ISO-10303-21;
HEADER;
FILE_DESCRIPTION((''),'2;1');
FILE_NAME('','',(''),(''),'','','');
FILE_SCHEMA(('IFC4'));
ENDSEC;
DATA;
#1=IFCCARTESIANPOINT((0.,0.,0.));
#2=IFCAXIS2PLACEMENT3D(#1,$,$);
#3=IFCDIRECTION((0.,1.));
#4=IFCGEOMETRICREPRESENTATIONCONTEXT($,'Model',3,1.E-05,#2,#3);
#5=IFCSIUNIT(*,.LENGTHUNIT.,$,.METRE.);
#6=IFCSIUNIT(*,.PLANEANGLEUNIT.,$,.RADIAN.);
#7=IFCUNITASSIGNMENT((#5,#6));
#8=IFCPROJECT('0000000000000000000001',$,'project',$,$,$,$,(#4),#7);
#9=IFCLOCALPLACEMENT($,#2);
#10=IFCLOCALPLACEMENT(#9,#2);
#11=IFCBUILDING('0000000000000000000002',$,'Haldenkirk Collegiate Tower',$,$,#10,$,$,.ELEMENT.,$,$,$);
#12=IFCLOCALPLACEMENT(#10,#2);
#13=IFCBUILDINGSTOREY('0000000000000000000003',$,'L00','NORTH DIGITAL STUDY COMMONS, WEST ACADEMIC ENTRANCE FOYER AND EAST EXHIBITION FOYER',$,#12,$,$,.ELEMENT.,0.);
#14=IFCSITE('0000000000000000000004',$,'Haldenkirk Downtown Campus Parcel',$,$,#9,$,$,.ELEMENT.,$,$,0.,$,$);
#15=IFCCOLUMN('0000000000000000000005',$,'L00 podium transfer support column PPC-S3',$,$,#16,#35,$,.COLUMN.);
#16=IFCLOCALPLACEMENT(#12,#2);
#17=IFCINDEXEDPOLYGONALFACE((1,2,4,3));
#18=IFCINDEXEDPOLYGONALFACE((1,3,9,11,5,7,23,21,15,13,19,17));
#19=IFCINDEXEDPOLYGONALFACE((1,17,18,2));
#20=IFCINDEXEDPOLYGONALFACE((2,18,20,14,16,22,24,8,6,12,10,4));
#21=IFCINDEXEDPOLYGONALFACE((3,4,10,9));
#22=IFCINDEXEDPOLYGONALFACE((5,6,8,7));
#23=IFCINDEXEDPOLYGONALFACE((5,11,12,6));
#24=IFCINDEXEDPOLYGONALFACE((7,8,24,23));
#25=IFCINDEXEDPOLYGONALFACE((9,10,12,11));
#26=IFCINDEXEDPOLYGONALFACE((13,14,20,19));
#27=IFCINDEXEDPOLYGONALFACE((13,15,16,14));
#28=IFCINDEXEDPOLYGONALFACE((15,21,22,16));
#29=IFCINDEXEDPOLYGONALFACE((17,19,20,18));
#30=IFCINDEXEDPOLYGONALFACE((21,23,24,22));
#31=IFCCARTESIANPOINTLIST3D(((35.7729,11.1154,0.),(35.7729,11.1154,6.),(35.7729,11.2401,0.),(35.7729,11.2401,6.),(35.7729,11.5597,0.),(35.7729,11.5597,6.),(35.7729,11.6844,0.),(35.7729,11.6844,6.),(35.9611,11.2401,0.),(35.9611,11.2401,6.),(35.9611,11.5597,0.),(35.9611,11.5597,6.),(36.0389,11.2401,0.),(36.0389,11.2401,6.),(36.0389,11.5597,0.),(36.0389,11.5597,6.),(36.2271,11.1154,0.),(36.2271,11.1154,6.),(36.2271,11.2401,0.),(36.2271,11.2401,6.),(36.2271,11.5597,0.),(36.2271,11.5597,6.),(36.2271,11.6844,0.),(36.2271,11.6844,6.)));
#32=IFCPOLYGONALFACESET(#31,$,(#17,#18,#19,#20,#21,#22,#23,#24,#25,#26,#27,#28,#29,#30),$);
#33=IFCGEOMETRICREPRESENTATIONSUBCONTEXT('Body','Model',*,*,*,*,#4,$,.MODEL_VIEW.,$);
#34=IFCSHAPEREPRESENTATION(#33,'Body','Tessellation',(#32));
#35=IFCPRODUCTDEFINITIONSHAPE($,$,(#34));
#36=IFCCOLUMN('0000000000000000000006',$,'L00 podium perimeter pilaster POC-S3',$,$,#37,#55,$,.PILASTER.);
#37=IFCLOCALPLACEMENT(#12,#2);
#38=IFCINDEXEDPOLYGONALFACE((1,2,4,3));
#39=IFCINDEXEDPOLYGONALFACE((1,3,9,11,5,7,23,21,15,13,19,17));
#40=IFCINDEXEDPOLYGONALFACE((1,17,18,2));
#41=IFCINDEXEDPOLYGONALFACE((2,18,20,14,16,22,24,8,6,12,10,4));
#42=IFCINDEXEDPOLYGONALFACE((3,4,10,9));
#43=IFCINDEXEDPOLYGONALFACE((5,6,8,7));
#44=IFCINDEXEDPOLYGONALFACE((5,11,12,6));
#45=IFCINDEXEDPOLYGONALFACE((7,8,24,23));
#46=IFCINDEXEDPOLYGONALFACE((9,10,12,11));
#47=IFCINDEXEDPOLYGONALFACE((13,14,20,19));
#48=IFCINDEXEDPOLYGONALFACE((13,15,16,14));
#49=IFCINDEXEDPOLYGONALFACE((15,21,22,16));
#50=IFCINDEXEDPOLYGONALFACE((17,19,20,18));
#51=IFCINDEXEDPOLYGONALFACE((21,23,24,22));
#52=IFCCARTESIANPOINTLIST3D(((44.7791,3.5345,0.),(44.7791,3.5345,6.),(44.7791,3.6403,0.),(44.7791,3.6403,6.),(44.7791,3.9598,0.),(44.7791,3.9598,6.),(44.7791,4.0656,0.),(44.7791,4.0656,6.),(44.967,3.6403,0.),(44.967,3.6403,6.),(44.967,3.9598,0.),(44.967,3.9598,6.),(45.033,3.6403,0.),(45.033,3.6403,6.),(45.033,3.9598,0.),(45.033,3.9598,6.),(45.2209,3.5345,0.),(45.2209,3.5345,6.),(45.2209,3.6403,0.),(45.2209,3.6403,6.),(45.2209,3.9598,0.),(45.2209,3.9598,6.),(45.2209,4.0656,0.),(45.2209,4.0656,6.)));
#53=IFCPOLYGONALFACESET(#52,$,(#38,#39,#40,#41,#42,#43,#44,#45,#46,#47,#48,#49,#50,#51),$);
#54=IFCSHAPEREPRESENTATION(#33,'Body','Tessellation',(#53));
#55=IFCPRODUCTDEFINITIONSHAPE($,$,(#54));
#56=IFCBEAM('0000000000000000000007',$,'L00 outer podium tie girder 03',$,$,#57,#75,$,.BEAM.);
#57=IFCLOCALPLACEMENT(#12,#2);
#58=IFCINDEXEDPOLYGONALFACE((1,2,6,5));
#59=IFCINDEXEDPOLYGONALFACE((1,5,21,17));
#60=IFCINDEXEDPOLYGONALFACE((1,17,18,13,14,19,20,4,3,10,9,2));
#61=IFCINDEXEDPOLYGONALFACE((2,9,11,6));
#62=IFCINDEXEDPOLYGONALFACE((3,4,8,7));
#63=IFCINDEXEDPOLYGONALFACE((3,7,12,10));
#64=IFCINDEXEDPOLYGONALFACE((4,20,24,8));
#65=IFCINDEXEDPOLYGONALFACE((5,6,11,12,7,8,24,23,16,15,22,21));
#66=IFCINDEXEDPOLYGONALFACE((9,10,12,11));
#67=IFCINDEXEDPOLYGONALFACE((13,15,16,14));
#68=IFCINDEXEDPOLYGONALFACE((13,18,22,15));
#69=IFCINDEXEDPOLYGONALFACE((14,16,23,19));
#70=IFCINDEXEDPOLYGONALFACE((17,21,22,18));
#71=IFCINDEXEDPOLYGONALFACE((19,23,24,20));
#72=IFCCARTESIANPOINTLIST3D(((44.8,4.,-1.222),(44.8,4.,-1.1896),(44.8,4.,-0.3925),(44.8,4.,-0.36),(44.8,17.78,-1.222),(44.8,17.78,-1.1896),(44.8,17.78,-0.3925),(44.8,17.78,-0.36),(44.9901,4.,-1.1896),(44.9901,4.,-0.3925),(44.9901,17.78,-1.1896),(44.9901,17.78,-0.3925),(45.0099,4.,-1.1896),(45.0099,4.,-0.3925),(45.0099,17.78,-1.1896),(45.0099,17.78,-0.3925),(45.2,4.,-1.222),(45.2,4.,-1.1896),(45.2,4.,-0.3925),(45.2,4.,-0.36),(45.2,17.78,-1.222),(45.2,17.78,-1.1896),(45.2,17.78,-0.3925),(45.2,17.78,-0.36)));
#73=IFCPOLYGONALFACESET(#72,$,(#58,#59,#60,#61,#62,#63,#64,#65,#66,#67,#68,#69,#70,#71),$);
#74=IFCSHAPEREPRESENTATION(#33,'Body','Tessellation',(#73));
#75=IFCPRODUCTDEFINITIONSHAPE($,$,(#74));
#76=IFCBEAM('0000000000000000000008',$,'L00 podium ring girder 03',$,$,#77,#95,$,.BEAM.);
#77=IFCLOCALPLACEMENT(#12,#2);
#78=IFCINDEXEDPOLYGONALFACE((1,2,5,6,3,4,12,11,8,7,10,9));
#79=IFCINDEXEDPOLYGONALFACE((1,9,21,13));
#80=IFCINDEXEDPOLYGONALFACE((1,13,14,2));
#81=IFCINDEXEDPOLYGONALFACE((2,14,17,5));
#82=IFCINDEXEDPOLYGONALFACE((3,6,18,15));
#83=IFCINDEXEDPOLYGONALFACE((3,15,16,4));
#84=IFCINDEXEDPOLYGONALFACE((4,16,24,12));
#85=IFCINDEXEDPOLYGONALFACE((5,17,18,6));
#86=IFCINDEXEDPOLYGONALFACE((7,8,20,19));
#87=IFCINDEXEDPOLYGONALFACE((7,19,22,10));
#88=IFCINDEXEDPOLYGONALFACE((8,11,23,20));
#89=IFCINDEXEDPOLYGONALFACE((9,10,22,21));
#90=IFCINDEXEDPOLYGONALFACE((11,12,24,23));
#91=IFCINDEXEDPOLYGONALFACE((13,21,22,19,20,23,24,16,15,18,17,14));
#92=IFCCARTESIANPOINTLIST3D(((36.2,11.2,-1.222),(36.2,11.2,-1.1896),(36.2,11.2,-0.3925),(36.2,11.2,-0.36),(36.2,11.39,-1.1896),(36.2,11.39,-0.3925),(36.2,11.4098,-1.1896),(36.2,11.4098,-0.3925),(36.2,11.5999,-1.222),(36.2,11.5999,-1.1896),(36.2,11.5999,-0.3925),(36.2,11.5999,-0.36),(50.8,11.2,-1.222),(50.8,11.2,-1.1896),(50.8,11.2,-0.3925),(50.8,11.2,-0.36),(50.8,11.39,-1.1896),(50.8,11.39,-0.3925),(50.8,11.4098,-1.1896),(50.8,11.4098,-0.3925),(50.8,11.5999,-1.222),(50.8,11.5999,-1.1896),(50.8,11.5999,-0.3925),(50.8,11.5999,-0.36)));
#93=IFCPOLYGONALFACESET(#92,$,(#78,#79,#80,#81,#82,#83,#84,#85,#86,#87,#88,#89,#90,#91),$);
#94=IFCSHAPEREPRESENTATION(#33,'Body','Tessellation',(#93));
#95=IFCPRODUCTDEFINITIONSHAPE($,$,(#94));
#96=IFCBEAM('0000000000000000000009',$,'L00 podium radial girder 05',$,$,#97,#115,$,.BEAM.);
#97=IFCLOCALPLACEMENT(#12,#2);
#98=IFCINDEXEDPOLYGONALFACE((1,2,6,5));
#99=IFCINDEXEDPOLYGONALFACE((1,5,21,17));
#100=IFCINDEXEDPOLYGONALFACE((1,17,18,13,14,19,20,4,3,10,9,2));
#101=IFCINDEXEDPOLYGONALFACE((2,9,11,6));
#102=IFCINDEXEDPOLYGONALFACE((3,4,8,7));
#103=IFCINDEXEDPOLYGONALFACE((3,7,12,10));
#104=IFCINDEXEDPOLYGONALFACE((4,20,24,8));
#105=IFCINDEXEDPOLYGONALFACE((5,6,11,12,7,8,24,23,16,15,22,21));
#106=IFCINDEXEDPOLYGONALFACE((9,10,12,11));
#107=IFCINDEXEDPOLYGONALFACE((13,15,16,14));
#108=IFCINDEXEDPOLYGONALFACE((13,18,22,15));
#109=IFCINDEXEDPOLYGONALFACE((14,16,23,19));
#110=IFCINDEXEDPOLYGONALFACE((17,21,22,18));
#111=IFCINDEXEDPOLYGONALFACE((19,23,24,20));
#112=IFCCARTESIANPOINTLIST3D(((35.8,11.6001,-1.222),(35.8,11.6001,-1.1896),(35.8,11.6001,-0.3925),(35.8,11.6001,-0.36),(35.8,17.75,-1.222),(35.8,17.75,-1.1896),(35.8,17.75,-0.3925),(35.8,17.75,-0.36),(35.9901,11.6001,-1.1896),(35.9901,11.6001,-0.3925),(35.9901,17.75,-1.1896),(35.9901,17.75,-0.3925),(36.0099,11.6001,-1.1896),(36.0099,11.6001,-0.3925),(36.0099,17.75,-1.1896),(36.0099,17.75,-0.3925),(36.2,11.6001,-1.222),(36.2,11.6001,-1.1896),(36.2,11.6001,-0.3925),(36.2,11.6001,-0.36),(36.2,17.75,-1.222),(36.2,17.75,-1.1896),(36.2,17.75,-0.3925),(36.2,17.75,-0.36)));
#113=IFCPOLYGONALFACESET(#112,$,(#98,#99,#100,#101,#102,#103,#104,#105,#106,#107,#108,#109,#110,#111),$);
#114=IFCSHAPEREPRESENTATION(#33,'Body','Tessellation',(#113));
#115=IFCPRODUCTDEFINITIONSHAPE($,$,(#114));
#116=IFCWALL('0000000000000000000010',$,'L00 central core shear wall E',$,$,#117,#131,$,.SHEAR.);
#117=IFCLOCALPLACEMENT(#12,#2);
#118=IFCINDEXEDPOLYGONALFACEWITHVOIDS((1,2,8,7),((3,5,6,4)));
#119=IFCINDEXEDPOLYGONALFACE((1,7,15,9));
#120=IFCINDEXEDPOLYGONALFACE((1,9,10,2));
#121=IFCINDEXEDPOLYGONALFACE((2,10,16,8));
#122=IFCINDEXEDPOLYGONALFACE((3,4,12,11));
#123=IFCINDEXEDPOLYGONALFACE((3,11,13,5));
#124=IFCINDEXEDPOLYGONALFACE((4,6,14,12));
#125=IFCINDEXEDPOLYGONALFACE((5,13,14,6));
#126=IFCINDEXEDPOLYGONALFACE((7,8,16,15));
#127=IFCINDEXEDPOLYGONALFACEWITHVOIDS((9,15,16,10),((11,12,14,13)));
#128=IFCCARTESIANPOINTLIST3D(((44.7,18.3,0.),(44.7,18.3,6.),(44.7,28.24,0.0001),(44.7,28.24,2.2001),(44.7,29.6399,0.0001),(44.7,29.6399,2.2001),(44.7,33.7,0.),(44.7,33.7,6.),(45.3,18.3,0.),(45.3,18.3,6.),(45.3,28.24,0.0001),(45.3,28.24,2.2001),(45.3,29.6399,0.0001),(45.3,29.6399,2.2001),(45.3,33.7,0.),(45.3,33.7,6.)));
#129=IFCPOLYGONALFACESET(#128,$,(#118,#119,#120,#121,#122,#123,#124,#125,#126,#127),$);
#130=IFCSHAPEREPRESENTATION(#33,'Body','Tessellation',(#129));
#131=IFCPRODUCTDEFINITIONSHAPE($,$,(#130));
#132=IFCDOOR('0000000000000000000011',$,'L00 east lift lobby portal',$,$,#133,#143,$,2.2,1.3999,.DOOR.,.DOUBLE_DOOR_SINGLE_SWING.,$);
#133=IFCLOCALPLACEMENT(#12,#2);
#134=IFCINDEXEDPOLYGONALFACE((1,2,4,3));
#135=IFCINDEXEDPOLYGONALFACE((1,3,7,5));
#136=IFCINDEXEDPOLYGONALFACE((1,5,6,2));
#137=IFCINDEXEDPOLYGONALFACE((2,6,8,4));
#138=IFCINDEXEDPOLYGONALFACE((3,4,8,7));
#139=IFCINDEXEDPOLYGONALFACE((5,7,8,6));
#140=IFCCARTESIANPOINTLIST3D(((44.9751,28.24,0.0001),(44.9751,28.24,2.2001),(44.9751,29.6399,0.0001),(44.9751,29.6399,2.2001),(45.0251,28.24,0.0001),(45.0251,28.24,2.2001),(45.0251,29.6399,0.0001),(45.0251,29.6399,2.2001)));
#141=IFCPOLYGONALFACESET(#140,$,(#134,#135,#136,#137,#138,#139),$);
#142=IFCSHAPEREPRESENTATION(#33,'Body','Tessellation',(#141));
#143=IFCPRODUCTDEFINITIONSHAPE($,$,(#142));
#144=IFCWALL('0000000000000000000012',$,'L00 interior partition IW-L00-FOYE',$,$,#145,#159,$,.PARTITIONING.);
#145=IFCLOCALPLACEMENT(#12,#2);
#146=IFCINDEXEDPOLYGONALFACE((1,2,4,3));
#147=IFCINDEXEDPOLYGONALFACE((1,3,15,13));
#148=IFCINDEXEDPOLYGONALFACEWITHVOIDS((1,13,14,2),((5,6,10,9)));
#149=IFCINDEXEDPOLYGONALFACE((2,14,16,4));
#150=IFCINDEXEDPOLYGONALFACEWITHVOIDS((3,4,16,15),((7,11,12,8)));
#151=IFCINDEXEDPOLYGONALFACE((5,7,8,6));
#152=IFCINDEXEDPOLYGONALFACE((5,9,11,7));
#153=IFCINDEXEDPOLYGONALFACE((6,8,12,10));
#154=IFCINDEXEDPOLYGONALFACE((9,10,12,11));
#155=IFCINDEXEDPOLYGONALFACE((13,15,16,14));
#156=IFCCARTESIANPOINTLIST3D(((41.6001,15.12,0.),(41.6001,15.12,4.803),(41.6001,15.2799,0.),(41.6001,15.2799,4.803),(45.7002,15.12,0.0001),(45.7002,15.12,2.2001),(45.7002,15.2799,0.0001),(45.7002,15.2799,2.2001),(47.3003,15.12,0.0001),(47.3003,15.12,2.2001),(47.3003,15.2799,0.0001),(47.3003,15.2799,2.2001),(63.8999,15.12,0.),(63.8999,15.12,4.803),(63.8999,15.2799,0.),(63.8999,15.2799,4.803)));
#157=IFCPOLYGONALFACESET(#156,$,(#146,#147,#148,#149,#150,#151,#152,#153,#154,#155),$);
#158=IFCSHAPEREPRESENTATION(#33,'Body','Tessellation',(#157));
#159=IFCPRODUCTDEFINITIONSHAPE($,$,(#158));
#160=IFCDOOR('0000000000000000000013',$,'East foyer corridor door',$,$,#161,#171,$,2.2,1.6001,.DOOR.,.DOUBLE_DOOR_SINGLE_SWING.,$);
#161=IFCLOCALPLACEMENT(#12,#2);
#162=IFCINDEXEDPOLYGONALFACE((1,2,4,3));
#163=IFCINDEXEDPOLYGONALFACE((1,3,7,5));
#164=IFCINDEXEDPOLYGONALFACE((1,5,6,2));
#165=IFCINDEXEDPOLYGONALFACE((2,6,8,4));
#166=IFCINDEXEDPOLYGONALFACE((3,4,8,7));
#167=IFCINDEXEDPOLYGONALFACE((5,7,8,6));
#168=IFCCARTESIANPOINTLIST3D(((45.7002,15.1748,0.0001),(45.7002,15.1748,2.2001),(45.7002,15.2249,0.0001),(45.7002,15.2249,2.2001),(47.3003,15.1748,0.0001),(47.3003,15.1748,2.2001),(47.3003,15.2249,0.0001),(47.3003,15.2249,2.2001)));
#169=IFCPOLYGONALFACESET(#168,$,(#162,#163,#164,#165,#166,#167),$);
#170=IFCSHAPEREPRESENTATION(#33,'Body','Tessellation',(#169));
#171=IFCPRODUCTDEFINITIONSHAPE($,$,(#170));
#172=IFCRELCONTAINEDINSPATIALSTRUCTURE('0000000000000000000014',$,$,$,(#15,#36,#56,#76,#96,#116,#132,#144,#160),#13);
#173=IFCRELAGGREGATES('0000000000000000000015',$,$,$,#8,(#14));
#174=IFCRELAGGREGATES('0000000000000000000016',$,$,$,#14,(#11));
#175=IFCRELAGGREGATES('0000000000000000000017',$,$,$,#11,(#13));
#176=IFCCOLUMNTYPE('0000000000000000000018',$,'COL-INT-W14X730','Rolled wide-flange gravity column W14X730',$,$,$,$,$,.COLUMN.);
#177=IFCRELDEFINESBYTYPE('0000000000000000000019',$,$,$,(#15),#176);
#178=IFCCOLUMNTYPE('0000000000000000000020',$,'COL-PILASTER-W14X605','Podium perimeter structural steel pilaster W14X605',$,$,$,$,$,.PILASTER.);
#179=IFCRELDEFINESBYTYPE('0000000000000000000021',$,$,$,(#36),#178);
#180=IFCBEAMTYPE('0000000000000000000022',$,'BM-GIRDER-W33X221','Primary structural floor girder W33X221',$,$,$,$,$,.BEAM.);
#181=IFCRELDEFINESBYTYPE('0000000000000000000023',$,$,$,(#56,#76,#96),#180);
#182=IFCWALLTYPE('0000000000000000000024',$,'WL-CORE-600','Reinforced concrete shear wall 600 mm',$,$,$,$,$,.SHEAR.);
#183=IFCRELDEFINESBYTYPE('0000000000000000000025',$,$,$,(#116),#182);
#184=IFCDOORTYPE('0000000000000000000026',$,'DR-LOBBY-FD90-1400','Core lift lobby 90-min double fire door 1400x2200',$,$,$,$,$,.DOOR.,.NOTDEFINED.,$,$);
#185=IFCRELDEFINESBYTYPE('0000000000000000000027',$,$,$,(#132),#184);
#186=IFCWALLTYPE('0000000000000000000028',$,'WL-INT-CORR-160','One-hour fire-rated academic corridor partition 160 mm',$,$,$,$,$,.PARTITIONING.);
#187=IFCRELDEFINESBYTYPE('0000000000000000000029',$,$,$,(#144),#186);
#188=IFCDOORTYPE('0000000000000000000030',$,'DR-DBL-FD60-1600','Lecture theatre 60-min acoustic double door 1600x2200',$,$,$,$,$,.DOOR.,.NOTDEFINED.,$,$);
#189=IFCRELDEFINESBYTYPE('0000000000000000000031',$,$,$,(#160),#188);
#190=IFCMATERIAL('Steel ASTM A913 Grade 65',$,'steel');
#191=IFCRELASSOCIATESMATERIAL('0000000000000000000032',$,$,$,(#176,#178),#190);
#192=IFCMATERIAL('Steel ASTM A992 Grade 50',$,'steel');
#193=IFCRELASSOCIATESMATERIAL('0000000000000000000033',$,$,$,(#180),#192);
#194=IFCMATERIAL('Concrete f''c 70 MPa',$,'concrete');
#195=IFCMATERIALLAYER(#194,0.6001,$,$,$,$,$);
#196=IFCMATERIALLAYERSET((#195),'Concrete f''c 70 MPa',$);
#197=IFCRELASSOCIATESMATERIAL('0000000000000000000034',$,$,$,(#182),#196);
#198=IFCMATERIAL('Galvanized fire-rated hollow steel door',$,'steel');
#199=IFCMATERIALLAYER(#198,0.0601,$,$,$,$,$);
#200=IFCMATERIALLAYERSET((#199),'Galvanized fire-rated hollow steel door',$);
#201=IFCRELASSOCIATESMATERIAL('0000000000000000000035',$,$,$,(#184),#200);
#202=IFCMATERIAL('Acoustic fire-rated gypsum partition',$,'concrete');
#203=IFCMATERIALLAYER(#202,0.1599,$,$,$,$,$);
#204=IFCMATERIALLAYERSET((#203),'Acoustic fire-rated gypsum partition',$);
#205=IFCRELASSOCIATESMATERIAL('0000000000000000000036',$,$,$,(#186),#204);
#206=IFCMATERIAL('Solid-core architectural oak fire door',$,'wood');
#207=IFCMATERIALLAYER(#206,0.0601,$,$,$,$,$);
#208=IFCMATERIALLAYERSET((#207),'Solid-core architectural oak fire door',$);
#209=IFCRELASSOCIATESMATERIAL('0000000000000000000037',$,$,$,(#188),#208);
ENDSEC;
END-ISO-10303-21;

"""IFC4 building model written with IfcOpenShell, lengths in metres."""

from ifc_helpers import new_model, si_unit, direction, frame, frame_2d, origin, origin_2d, place, context, subcontext, project, spatial, rectangle, i_section, extrude, material, layer, layer_set, material_profile, profile_set, type_object, element, fill, save


model = new_model("IFC4")

# Units and contexts
model_context = context("Model", 3, precision=1e-05, world=origin(), true_north=direction((0.0, 1.0)))
body_context = subcontext(model_context, "Body", "Model", "MODEL_VIEW")
ifc_project = project(units=[si_unit("LENGTHUNIT", "METRE"), si_unit("PLANEANGLEUNIT", "RADIAN")], contexts=[model_context])

# Site, building, storey
site_placement = place(None, origin())
site = spatial("IfcSite", under=ifc_project, at=site_placement, Name="Haldenkirk Downtown Campus Parcel", CompositionType="ELEMENT", RefElevation=0.0)
building_placement = place(site_placement, origin())
building = spatial("IfcBuilding", under=site, at=building_placement, Name="Haldenkirk Collegiate Tower", CompositionType="ELEMENT")
storey_placement = place(building_placement, origin())
storey = spatial("IfcBuildingStorey", under=building, at=storey_placement, Name="L00", Description="NORTH DIGITAL STUDY COMMONS, WEST ACADEMIC ENTRANCE FOYER AND EAST EXHIBITION FOYER", CompositionType="ELEMENT", Elevation=0.0)

# Columns
ifc_material_1 = material(Name="Steel ASTM A913 Grade 65", Category="steel")
ifc_material_profile_1 = material_profile(ifc_material_1, i_section(OverallWidth=0.4541, OverallDepth=0.5691, WebThickness=0.0779, FlangeThickness=0.1248, at=origin_2d()), Name="W14X730")
ifc_profile_set_1 = profile_set([ifc_material_profile_1], Name="Steel ASTM A913 Grade 65")
column_type_1 = type_object("IfcColumnType", Name="COL-INT-W14X730", Description="Rolled wide-flange gravity column W14X730", PredefinedType="COLUMN", material=ifc_profile_set_1)
column_1_placement = place(storey_placement, frame((36.0, 11.3999, 0.0), z_axis=(0.0, 0.0, 1.0), x_axis=(1.0, 0.0, 0.0)))
element("IfcColumn", 1, at=column_1_placement, inside=storey, type_object=column_type_1, Name="L00 podium transfer support column PPC-S3", PredefinedType="COLUMN", context=body_context, shape_type="SweptSolid", body=[
    extrude(i_section(OverallWidth=0.4541, OverallDepth=0.5691, WebThickness=0.0779, FlangeThickness=0.1248, at=origin_2d()), origin(), (0.0, 0.0, 1.0), 6.0),
])
ifc_material_profile_2 = material_profile(ifc_material_1, i_section(OverallWidth=0.4419, OverallDepth=0.531, WebThickness=0.0659, FlangeThickness=0.1057, at=origin_2d()), Name="W14X605")
ifc_profile_set_2 = profile_set([ifc_material_profile_2], Name="Steel ASTM A913 Grade 65")
column_type_2 = type_object("IfcColumnType", Name="COL-PILASTER-W14X605", Description="Podium perimeter structural steel pilaster W14X605", PredefinedType="PILASTER", material=ifc_profile_set_2)
column_2_placement = place(storey_placement, frame((45.0, 3.8, 0.0), z_axis=(0.0, 0.0, 1.0), x_axis=(1.0, 0.0, 0.0)))
element("IfcColumn", 2, at=column_2_placement, inside=storey, type_object=column_type_2, Name="L00 podium perimeter pilaster POC-S3", PredefinedType="PILASTER", context=body_context, shape_type="SweptSolid", body=[
    extrude(i_section(OverallWidth=0.4419, OverallDepth=0.531, WebThickness=0.0659, FlangeThickness=0.1057, at=origin_2d()), origin(), (0.0, 0.0, 1.0), 6.0),
])

# Beams
ifc_material_2 = material(Name="Steel ASTM A992 Grade 50", Category="steel")
ifc_material_profile_3 = material_profile(ifc_material_2, i_section(OverallWidth=0.3999, OverallDepth=0.8621, WebThickness=0.0198, FlangeThickness=0.0325, at=origin_2d()), Name="W33X221")
ifc_profile_set_3 = profile_set([ifc_material_profile_3], Name="Steel ASTM A992 Grade 50")
beam_type = type_object("IfcBeamType", Name="BM-GIRDER-W33X221", Description="Primary structural floor girder W33X221", PredefinedType="BEAM", material=ifc_profile_set_3)
beam_1_placement = place(storey_placement, frame((45.0, 4.0, -0.791), z_axis=(0.0, 1.0, 0.0), x_axis=(-1.0, 0.0, 0.0)))
element("IfcBeam", 3, at=beam_1_placement, inside=storey, type_object=beam_type, Name="L00 outer podium tie girder 03", PredefinedType="BEAM", context=body_context, shape_type="SweptSolid", body=[
    extrude(i_section(OverallWidth=0.3999, OverallDepth=0.8621, WebThickness=0.0198, FlangeThickness=0.0325, at=origin_2d()), origin(), (0.0, 0.0, 1.0), 13.78),
])
beam_2_placement = place(storey_placement, frame((36.2, 11.3999, -0.791), z_axis=(1.0, 0.0, 0.0), x_axis=(0.0, 1.0, 0.0)))
element("IfcBeam", 4, at=beam_2_placement, inside=storey, type_object=beam_type, Name="L00 podium ring girder 03", PredefinedType="BEAM", context=body_context, shape_type="SweptSolid", body=[
    extrude(i_section(OverallWidth=0.3999, OverallDepth=0.8621, WebThickness=0.0198, FlangeThickness=0.0325, at=origin_2d()), origin(), (0.0, 0.0, 1.0), 14.6001),
])
beam_3_placement = place(storey_placement, frame((36.0, 11.6001, -0.791), z_axis=(0.0, 1.0, 0.0), x_axis=(-1.0, 0.0, 0.0)))
element("IfcBeam", 5, at=beam_3_placement, inside=storey, type_object=beam_type, Name="L00 podium radial girder 05", PredefinedType="BEAM", context=body_context, shape_type="SweptSolid", body=[
    extrude(i_section(OverallWidth=0.3999, OverallDepth=0.8621, WebThickness=0.0198, FlangeThickness=0.0325, at=origin_2d()), origin(), (0.0, 0.0, 1.0), 6.1499),
])

# Walls, openings, doors
ifc_material_3 = material(Name="Concrete f'c 70 MPa", Category="concrete")
ifc_layer_1 = layer(ifc_material_3, 0.6001)
ifc_layer_set_1 = layer_set([ifc_layer_1], Name="Concrete f'c 70 MPa")
wall_type_1 = type_object("IfcWallType", Name="WL-CORE-600", Description="Reinforced concrete shear wall 600 mm", PredefinedType="SHEAR", material=ifc_layer_set_1)
wall_1_placement = place(storey_placement, frame((45.0, 18.3, 0.0), z_axis=(0.0, 0.0, 1.0), x_axis=(0.0, 1.0, 0.0)))
wall_1 = element("IfcWall", 6, at=wall_1_placement, inside=storey, type_object=wall_type_1, Name="L00 central core shear wall E", PredefinedType="SHEAR", context=body_context, shape_type="SweptSolid", body=[
    extrude(rectangle(XDim=15.3999, YDim=0.6001, at=frame_2d((7.7, 0.0))), origin(), (0.0, 0.0, 1.0), 6.0),
])
opening_1_placement = place(wall_1_placement, frame((9.9399, 0.0, 0.0)))
opening_1 = element("IfcOpeningElement", 7, at=opening_1_placement, cuts=wall_1, PredefinedType="OPENING", context=body_context, shape_type="SweptSolid", body=[
    extrude(rectangle(XDim=1.3999, YDim=2.2, at=frame_2d((0.7, 1.1001))), frame((0.0, 0.3101, 0.0), z_axis=(0.0, -1.0, 0.0), x_axis=(1.0, 0.0, 0.0)), (0.0, 0.0, 1.0), 0.6201),
])
ifc_material_4 = material(Name="Galvanized fire-rated hollow steel door", Category="steel")
ifc_layer_2 = layer(ifc_material_4, 0.0601)
ifc_layer_set_2 = layer_set([ifc_layer_2], Name="Galvanized fire-rated hollow steel door")
door_type_1 = type_object("IfcDoorType", Name="DR-LOBBY-FD90-1400", Description="Core lift lobby 90-min double fire door 1400x2200", OperationType="NOTDEFINED", PredefinedType="DOOR", material=ifc_layer_set_2)
door_1_placement = place(opening_1_placement, origin())
door_1 = element("IfcDoor", 8, at=door_1_placement, inside=storey, type_object=door_type_1, Name="L00 east lift lobby portal", OperationType="DOUBLE_DOOR_SINGLE_SWING", OverallHeight=2.2, OverallWidth=1.3999, PredefinedType="DOOR", context=body_context, shape_type="SweptSolid", body=[
    extrude(rectangle(XDim=1.3999, YDim=2.2, at=frame_2d((0.7, 1.1001))), frame((0.0, 0.0249, 0.0), z_axis=(0.0, -1.0, 0.0), x_axis=(1.0, 0.0, 0.0)), (0.0, 0.0, 1.0), 0.05),
])
fill(opening_1, door_1)
ifc_material_5 = material(Name="Acoustic fire-rated gypsum partition", Category="concrete")
ifc_layer_3 = layer(ifc_material_5, 0.1599)
ifc_layer_set_3 = layer_set([ifc_layer_3], Name="Acoustic fire-rated gypsum partition")
wall_type_2 = type_object("IfcWallType", Name="WL-INT-CORR-160", Description="One-hour fire-rated academic corridor partition 160 mm", PredefinedType="PARTITIONING", material=ifc_layer_set_3)
wall_2_placement = place(storey_placement, frame((41.6001, 15.2, 0.0), z_axis=(0.0, 0.0, 1.0), x_axis=(1.0, 0.0, 0.0)))
wall_2 = element("IfcWall", 9, at=wall_2_placement, inside=storey, type_object=wall_type_2, Name="L00 interior partition IW-L00-FOYE", PredefinedType="PARTITIONING", context=body_context, shape_type="SweptSolid", body=[
    extrude(rectangle(XDim=22.2998, YDim=0.1599, at=frame_2d((11.1499, 0.0))), origin(), (0.0, 0.0, 1.0), 4.803),
])
opening_2_placement = place(wall_2_placement, frame((4.1001, 0.0, 0.0)))
opening_2 = element("IfcOpeningElement", 10, at=opening_2_placement, cuts=wall_2, PredefinedType="OPENING", context=body_context, shape_type="SweptSolid", body=[
    extrude(rectangle(XDim=1.6001, YDim=2.2, at=frame_2d((0.8, 1.1001))), frame((0.0, 0.0898, 0.0), z_axis=(0.0, -1.0, 0.0), x_axis=(1.0, 0.0, 0.0)), (0.0, 0.0, 1.0), 0.1799),
])
ifc_material_6 = material(Name="Solid-core architectural oak fire door", Category="wood")
ifc_layer_4 = layer(ifc_material_6, 0.0601)
ifc_layer_set_4 = layer_set([ifc_layer_4], Name="Solid-core architectural oak fire door")
door_type_2 = type_object("IfcDoorType", Name="DR-DBL-FD60-1600", Description="Lecture theatre 60-min acoustic double door 1600x2200", OperationType="NOTDEFINED", PredefinedType="DOOR", material=ifc_layer_set_4)
door_2_placement = place(opening_2_placement, origin())
door_2 = element("IfcDoor", 11, at=door_2_placement, inside=storey, type_object=door_type_2, Name="East foyer corridor door", OperationType="DOUBLE_DOOR_SINGLE_SWING", OverallHeight=2.2, OverallWidth=1.6001, PredefinedType="DOOR", context=body_context, shape_type="SweptSolid", body=[
    extrude(rectangle(XDim=1.6001, YDim=2.2, at=frame_2d((0.8, 1.1001))), frame((0.0, 0.0249, 0.0), z_axis=(0.0, -1.0, 0.0), x_axis=(1.0, 0.0, 0.0)), (0.0, 0.0, 1.0), 0.05),
])
fill(opening_2, door_2)

save(model, "model.ifc")
